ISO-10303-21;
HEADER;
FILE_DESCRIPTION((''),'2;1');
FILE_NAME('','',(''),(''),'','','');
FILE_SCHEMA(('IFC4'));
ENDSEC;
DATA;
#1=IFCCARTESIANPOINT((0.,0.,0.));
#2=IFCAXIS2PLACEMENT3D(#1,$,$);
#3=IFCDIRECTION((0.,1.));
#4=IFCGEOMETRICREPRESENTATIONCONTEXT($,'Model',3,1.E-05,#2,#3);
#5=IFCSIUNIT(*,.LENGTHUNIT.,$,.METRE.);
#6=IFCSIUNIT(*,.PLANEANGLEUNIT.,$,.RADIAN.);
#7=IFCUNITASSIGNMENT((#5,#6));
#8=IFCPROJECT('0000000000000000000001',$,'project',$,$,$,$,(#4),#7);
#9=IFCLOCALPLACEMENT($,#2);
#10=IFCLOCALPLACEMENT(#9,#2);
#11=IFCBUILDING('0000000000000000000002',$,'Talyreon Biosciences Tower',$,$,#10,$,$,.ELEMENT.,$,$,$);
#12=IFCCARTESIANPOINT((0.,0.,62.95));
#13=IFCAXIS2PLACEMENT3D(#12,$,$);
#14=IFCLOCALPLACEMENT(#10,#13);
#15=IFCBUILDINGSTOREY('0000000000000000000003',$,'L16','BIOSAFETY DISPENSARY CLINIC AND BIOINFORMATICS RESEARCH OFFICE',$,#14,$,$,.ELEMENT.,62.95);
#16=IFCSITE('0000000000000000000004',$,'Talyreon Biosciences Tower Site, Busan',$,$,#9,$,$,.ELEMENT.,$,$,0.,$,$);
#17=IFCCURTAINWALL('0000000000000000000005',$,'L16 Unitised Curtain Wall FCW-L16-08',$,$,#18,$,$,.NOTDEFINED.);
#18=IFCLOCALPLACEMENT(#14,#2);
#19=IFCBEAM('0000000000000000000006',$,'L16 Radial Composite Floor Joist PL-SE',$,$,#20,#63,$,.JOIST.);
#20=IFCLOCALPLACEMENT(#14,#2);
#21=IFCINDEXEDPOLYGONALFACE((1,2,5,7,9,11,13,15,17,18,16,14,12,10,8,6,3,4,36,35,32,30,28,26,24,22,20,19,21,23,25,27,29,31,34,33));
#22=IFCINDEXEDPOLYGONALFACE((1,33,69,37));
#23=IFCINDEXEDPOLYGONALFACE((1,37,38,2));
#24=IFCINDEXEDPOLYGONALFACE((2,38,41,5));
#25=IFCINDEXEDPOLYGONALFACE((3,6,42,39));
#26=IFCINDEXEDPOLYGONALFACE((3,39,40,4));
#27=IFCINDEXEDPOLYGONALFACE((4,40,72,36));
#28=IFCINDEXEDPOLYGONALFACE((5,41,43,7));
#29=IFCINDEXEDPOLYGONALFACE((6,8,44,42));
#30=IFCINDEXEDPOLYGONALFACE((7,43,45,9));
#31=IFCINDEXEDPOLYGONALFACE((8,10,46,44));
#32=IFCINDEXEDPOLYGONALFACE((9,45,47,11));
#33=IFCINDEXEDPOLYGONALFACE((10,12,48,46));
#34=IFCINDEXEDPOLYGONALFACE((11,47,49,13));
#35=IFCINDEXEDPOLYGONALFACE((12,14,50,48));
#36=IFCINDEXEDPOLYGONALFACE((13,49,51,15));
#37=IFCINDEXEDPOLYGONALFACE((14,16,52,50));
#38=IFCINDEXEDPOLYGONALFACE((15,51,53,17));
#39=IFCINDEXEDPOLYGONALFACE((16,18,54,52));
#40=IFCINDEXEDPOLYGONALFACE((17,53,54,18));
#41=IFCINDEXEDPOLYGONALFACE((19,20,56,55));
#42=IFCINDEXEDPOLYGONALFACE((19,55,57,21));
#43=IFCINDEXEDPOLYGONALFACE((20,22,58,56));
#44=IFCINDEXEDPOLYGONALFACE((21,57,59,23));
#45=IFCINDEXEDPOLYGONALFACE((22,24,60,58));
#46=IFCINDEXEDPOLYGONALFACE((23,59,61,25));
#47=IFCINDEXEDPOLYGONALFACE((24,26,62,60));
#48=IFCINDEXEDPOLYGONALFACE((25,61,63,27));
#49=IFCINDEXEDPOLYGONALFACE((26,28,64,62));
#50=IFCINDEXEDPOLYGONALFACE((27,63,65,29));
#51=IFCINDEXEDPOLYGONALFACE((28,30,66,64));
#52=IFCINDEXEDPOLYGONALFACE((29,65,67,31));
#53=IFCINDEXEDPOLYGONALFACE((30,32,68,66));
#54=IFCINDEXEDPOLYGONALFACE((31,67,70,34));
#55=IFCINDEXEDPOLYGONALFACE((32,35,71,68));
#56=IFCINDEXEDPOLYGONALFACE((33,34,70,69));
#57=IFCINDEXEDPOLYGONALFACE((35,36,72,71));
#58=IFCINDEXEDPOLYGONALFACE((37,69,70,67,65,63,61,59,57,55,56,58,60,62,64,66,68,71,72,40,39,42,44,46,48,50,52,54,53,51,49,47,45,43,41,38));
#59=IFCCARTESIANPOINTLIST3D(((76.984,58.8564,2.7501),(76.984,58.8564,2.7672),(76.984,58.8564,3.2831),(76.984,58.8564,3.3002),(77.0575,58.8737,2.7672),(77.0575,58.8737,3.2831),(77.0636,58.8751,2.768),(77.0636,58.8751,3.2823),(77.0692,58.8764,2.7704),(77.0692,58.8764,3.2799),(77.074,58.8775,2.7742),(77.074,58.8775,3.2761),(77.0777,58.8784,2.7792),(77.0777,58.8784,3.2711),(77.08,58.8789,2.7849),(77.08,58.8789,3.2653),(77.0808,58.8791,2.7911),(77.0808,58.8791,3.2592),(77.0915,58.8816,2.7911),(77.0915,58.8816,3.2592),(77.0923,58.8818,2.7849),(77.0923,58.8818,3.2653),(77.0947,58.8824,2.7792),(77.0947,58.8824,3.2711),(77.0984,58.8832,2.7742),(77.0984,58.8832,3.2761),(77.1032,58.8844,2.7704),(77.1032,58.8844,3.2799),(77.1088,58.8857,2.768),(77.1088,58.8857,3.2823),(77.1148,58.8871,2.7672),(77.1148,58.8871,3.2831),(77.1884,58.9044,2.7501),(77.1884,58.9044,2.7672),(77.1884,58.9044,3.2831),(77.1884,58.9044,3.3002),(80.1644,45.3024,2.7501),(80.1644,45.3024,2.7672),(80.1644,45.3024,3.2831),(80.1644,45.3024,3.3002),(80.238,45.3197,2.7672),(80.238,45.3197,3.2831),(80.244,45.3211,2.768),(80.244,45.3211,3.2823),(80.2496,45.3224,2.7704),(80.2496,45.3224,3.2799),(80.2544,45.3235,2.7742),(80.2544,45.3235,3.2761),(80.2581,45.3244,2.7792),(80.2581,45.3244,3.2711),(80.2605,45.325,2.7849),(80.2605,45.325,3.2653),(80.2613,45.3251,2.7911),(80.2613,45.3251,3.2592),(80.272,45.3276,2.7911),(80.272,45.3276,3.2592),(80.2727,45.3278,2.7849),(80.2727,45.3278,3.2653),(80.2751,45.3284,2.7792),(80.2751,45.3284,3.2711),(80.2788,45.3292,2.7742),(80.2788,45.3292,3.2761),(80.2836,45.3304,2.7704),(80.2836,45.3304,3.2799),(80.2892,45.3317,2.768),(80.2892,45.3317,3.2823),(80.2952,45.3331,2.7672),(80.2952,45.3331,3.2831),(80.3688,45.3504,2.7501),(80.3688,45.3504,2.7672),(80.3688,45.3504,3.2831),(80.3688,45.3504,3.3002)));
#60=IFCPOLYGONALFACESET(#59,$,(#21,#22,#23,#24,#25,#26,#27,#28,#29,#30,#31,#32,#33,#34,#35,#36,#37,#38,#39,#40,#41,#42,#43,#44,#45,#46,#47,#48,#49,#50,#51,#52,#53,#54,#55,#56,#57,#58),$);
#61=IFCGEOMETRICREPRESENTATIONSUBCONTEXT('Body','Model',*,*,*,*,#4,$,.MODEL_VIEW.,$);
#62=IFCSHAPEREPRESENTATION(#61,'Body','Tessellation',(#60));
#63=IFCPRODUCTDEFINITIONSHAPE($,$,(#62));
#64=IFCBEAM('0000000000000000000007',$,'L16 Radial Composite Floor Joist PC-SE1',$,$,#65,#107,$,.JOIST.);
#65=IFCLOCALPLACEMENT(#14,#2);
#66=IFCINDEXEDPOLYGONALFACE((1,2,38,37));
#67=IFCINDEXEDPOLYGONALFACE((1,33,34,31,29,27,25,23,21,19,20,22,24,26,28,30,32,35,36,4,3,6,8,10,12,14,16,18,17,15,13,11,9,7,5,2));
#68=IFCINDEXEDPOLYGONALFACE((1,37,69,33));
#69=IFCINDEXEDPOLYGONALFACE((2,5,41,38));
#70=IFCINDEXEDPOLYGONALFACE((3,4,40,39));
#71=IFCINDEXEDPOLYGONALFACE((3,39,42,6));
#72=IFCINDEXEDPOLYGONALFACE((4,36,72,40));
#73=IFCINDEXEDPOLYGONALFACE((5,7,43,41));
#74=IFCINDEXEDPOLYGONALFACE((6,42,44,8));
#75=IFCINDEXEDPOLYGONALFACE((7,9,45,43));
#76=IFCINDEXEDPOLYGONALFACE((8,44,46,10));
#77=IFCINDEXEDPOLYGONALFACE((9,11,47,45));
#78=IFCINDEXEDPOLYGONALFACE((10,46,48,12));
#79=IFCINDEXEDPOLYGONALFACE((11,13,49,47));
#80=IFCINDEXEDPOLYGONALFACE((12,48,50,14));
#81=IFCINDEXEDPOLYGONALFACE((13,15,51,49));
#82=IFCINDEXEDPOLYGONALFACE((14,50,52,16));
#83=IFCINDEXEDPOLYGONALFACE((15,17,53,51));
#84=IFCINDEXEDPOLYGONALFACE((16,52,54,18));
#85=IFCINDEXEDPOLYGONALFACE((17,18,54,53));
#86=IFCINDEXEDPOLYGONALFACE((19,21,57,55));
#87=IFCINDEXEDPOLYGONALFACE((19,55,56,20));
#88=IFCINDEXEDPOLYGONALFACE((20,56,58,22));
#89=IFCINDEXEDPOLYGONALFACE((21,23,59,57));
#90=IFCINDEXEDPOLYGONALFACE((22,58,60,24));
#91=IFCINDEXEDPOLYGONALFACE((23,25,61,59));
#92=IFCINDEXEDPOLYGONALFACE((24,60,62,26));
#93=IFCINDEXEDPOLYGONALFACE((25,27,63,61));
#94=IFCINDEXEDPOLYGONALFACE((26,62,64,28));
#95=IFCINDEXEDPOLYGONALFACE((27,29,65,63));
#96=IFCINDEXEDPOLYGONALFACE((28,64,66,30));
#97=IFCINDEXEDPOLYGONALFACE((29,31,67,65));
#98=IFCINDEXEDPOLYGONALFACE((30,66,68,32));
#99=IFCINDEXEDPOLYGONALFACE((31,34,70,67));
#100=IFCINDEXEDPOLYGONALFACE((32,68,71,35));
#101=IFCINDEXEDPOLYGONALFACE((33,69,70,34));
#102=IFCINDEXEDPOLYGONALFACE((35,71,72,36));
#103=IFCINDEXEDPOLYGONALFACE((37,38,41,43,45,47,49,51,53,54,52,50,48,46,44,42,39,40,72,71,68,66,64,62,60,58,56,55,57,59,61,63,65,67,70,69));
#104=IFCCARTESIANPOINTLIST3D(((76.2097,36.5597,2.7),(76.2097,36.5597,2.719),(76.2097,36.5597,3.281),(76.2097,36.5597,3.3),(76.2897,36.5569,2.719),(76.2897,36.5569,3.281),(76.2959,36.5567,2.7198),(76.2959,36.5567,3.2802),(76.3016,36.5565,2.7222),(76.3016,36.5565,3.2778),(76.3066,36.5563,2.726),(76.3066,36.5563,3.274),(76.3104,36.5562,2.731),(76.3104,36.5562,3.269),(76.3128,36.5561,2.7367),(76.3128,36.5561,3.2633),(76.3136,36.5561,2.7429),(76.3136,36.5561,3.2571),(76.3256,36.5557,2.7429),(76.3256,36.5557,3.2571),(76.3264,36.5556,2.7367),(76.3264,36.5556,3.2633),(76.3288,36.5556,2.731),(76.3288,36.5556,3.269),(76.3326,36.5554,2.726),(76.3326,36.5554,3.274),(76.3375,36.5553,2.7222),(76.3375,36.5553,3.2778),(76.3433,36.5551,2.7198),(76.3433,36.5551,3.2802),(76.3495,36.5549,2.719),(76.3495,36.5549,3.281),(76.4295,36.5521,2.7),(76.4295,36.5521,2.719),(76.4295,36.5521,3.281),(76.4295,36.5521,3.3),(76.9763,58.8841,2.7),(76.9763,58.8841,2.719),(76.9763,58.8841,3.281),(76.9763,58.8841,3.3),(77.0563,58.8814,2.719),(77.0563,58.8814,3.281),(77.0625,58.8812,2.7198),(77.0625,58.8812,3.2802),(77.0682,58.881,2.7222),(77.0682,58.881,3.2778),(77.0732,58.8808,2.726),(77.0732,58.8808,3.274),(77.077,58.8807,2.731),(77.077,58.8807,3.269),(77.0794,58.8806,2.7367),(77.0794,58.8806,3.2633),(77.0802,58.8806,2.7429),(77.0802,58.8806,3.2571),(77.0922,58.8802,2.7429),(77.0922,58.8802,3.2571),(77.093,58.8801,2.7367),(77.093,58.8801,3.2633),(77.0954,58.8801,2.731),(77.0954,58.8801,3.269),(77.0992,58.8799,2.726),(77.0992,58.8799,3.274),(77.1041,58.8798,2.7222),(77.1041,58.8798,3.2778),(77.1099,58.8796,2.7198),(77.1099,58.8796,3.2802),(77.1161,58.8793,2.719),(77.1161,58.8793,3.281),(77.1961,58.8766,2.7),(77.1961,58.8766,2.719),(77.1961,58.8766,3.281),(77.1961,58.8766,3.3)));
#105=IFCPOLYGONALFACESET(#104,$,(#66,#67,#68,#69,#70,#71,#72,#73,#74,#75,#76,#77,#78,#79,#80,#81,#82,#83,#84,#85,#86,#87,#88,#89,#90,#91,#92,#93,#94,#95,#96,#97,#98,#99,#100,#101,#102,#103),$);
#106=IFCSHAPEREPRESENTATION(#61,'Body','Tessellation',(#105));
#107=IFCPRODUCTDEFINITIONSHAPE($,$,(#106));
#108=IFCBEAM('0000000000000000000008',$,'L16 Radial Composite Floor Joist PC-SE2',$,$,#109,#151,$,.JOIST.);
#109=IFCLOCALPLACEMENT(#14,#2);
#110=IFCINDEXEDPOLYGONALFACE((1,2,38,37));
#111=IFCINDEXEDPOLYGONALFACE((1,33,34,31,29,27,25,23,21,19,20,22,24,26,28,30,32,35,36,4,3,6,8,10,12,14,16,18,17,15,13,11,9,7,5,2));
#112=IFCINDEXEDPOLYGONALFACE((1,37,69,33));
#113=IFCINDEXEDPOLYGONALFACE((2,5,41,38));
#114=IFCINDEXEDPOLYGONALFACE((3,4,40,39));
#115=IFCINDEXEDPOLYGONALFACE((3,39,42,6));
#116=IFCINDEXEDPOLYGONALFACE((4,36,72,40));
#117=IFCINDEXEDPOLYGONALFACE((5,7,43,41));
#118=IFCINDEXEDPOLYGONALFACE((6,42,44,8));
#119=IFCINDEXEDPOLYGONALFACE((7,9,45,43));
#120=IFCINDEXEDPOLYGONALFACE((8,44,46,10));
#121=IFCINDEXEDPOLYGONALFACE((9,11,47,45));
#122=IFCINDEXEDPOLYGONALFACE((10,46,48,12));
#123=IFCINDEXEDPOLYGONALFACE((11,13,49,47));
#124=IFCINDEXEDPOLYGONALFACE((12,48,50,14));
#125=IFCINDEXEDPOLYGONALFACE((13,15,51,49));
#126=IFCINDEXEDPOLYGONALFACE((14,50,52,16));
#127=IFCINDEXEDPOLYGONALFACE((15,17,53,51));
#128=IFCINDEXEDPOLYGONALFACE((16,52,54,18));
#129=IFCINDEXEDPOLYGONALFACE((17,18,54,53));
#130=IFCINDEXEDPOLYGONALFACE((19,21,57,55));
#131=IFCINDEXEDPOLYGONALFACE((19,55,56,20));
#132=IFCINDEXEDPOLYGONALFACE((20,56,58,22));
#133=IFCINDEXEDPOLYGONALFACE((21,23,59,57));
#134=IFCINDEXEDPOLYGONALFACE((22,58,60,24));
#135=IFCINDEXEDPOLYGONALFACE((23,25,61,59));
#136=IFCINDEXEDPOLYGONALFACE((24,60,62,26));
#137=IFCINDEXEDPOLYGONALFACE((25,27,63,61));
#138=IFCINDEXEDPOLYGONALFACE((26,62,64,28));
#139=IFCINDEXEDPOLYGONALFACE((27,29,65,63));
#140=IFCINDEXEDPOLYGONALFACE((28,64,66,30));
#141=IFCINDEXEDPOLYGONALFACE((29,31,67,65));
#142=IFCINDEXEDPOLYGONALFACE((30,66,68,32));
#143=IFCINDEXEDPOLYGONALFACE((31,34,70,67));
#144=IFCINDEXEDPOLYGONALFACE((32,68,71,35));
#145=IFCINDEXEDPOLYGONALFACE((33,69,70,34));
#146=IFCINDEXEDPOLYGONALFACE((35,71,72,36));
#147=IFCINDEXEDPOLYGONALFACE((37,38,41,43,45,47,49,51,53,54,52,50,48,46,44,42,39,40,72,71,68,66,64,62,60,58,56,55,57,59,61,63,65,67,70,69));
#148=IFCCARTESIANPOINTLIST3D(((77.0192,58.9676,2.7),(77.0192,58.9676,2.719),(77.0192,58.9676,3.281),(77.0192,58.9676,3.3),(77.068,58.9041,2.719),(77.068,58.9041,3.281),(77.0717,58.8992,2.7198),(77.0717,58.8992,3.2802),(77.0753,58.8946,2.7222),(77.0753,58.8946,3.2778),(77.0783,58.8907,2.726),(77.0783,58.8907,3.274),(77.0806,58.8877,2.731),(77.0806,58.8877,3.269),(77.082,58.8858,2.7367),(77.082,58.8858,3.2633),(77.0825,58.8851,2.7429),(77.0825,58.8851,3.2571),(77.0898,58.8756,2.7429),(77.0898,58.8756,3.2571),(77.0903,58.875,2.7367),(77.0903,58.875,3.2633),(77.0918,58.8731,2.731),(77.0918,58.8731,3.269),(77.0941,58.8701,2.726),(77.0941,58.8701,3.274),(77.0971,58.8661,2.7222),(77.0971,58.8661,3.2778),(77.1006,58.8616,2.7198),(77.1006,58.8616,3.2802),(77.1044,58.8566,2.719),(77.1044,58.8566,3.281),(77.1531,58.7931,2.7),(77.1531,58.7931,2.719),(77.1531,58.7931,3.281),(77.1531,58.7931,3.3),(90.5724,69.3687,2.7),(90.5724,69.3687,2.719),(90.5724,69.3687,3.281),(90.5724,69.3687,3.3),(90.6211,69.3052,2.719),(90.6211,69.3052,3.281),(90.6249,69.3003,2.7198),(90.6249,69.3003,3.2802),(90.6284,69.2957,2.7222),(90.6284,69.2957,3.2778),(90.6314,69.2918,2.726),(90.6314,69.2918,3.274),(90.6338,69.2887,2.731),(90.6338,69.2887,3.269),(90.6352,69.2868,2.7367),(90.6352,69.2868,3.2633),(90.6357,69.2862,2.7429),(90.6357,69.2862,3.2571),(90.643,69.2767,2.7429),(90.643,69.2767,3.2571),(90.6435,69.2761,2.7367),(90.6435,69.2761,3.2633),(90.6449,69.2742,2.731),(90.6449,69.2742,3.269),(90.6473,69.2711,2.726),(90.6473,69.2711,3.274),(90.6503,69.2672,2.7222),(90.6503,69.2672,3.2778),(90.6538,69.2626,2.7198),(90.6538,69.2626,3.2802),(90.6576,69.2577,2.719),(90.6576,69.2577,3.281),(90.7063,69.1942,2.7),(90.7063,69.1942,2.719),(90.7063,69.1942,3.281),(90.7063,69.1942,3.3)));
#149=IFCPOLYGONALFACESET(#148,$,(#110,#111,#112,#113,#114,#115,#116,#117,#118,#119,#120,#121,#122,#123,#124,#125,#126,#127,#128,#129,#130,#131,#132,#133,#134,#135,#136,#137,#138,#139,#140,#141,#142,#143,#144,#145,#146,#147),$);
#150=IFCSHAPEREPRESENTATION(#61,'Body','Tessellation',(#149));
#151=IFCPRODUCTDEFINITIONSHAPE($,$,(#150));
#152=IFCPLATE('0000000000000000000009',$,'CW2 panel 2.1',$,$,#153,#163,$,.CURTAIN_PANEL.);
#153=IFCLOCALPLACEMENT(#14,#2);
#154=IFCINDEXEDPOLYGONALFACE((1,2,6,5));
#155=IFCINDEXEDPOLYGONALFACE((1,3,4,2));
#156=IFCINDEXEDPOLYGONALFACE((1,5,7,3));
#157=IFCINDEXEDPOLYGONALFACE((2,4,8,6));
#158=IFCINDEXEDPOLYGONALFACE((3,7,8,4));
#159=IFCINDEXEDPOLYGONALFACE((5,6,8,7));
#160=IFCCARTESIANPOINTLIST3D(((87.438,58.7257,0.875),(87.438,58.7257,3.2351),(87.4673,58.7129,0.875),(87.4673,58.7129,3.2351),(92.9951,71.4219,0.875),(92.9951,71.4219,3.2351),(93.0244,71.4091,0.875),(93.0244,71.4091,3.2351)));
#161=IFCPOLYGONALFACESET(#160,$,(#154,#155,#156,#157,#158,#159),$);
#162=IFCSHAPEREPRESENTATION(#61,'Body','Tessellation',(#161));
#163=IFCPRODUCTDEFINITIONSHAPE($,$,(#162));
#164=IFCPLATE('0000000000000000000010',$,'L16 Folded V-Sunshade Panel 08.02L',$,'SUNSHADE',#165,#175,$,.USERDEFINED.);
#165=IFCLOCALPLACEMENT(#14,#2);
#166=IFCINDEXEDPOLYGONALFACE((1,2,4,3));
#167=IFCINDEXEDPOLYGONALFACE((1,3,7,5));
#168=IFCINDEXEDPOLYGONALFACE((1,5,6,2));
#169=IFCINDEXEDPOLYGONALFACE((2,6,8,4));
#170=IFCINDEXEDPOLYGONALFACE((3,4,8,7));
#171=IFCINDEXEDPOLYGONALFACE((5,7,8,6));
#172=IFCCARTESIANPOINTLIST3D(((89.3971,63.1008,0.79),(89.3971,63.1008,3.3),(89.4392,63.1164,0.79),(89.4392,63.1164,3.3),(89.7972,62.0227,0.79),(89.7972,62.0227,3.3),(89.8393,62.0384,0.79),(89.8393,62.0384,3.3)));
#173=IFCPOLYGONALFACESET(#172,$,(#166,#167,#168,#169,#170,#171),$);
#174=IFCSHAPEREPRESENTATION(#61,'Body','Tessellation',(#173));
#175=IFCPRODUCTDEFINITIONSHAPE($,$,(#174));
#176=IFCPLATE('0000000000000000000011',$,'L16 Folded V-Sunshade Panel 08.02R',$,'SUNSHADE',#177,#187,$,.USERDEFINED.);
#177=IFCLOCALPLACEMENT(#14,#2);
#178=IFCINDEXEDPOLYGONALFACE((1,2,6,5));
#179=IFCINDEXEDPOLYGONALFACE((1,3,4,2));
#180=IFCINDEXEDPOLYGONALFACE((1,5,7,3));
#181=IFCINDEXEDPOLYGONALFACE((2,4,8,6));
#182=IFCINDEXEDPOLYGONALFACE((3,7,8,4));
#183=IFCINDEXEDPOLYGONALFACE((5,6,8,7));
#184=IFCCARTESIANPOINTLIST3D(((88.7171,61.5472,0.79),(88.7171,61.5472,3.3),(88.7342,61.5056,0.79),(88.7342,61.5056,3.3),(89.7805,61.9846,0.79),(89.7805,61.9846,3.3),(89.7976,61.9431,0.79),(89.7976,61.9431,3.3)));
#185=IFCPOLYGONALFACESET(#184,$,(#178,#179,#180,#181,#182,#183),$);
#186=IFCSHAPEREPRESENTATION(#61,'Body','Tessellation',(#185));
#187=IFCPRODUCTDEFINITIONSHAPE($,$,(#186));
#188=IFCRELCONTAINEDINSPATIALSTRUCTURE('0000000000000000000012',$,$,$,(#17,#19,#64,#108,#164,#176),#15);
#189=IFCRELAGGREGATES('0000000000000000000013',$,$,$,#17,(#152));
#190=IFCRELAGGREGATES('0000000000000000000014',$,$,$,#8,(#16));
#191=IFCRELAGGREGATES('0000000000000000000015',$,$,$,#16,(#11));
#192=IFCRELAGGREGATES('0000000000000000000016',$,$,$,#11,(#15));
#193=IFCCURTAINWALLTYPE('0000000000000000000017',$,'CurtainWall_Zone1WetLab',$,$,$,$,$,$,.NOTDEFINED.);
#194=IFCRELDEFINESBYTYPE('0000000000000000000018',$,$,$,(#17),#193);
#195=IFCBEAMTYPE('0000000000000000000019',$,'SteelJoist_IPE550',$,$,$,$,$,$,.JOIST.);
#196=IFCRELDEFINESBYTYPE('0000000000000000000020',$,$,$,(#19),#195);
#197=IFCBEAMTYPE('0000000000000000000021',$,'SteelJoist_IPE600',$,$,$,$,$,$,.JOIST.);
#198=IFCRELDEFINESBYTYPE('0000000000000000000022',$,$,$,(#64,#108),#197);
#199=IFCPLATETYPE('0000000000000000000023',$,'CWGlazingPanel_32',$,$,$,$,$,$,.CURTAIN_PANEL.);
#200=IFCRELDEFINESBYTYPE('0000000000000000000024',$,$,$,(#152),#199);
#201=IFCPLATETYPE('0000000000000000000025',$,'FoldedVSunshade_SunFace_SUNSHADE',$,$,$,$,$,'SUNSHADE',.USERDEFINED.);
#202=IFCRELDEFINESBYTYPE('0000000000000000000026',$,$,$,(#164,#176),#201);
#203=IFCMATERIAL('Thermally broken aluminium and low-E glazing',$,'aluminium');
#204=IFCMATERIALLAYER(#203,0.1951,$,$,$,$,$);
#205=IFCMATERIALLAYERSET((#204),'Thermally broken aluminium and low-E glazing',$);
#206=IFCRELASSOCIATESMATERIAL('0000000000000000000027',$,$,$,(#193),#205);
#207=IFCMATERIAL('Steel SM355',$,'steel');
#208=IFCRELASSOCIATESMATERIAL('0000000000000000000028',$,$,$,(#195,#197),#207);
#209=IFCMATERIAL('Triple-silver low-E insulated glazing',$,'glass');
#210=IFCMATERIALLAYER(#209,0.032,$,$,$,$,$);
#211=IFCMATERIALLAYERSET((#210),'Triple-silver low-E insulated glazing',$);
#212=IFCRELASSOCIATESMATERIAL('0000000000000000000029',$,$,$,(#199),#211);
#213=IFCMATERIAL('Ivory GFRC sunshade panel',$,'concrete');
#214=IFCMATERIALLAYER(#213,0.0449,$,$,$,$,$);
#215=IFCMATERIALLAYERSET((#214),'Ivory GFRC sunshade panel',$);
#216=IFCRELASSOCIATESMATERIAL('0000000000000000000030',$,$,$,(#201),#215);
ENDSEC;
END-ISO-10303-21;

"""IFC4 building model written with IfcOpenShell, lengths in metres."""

from ifc_helpers import new_model, si_unit, direction, frame, origin, origin_2d, place, context, subcontext, project, spatial, rectangle, i_section, extrude, material, layer, layer_set, material_profile, profile_set, type_object, element, aggregate, save


model = new_model("IFC4")

# Units and contexts
model_context = context("Model", 3, precision=1e-05, world=origin(), true_north=direction((0.0, 1.0)))
body_context = subcontext(model_context, "Body", "Model", "MODEL_VIEW")
ifc_project = project(units=[si_unit("LENGTHUNIT", "METRE"), si_unit("PLANEANGLEUNIT", "RADIAN")], contexts=[model_context])

# Site, building, storey
site_placement = place(None, origin())
site = spatial("IfcSite", under=ifc_project, at=site_placement, Name="Talyreon Biosciences Tower Site, Busan", CompositionType="ELEMENT", RefElevation=0.0)
building_placement = place(site_placement, origin())
building = spatial("IfcBuilding", under=site, at=building_placement, Name="Talyreon Biosciences Tower", CompositionType="ELEMENT")
storey_placement = place(building_placement, frame((0.0, 0.0, 62.95)))
storey = spatial("IfcBuildingStorey", under=building, at=storey_placement, Name="L16", Description="BIOSAFETY DISPENSARY CLINIC AND BIOINFORMATICS RESEARCH OFFICE", CompositionType="ELEMENT", Elevation=62.95)

# Curtain wall
ifc_material_1 = material(Name="Thermally broken aluminium and low-E glazing", Category="aluminium")
ifc_layer_1 = layer(ifc_material_1, 0.1951)
ifc_layer_set_1 = layer_set([ifc_layer_1], Name="Thermally broken aluminium and low-E glazing")
curtain_wall_type = type_object("IfcCurtainWallType", Name="CurtainWall_Zone1WetLab", PredefinedType="NOTDEFINED", material=ifc_layer_set_1)
curtain_wall_placement = place(storey_placement, origin())
curtain_wall = element("IfcCurtainWall", 1, at=curtain_wall_placement, inside=storey, type_object=curtain_wall_type, Name="L16 Unitised Curtain Wall FCW-L16-08", PredefinedType="NOTDEFINED")

# Beams
ifc_material_2 = material(Name="Steel SM355", Category="steel")
ifc_material_profile_1 = material_profile(ifc_material_2, i_section(OverallWidth=0.21, OverallDepth=0.55, WebThickness=0.011, FlangeThickness=0.0171, FilletRadius=0.0239, at=origin_2d()), Name="IPE550")
ifc_profile_set_1 = profile_set([ifc_material_profile_1], Name="Steel SM355")
beam_type_1 = type_object("IfcBeamType", Name="SteelJoist_IPE550", PredefinedType="JOIST", material=ifc_profile_set_1)
beam_1_placement = place(storey_placement, frame((77.0862, 58.8804, 3.0251), z_axis=(0.228444, -0.973557, 0.0), x_axis=(0.973557, 0.228444, 0.0)))
element("IfcBeam", 2, at=beam_1_placement, inside=storey, type_object=beam_type_1, Name="L16 Radial Composite Floor Joist PL-SE", PredefinedType="JOIST", context=body_context, shape_type="SweptSolid", body=[
    extrude(i_section(OverallWidth=0.21, OverallDepth=0.55, WebThickness=0.011, FlangeThickness=0.0171, FilletRadius=0.0239, at=origin_2d()), origin(), (0.0, 0.0, 1.0), 13.9221),
])
ifc_material_profile_2 = material_profile(ifc_material_2, i_section(OverallWidth=0.22, OverallDepth=0.6001, WebThickness=0.012, FlangeThickness=0.019, FilletRadius=0.0239, at=origin_2d()), Name="IPE600")
ifc_profile_set_2 = profile_set([ifc_material_profile_2], Name="Steel SM355")
beam_type_2 = type_object("IfcBeamType", Name="SteelJoist_IPE600", PredefinedType="JOIST", material=ifc_profile_set_2)
beam_2_placement = place(storey_placement, frame((77.0862, 58.8804, 3.0), z_axis=(-0.034319, -0.999411, 0.0), x_axis=(0.999411, -0.034319, 0.0)))
element("IfcBeam", 3, at=beam_2_placement, inside=storey, type_object=beam_type_2, Name="L16 Radial Composite Floor Joist PC-SE1", PredefinedType="JOIST", context=body_context, shape_type="SweptSolid", body=[
    extrude(i_section(OverallWidth=0.22, OverallDepth=0.6001, WebThickness=0.012, FlangeThickness=0.019, FilletRadius=0.0239, at=origin_2d()), origin(), (0.0, 0.0, 1.0), 22.3376),
])
beam_3_placement = place(storey_placement, frame((77.0862, 58.8804, 3.0), z_axis=(0.793315, 0.608812, 0.0), x_axis=(-0.608812, 0.793315, 0.0)))
element("IfcBeam", 4, at=beam_3_placement, inside=storey, type_object=beam_type_2, Name="L16 Radial Composite Floor Joist PC-SE2", PredefinedType="JOIST", context=body_context, shape_type="SweptSolid", body=[
    extrude(i_section(OverallWidth=0.22, OverallDepth=0.6001, WebThickness=0.012, FlangeThickness=0.019, FilletRadius=0.0239, at=origin_2d()), origin(), (0.0, 0.0, 1.0), 17.0842),
])

# Plate
ifc_material_3 = material(Name="Triple-silver low-E insulated glazing", Category="glass")
ifc_layer_2 = layer(ifc_material_3, 0.032)
ifc_layer_set_2 = layer_set([ifc_layer_2], Name="Triple-silver low-E insulated glazing")
plate_type_1 = type_object("IfcPlateType", Name="CWGlazingPanel_32", PredefinedType="CURTAIN_PANEL", material=ifc_layer_set_2)
plate_placement = place(storey_placement, frame((90.2312, 65.0674, 0.875), z_axis=(0.0, 0.0, 1.0), x_axis=(-0.400968, -0.916092, 0.0)))
plate = element("IfcPlate", 5, at=plate_placement, type_object=plate_type_1, Name="CW2 panel 2.1", PredefinedType="CURTAIN_PANEL", context=body_context, shape_type="SweptSolid", body=[
    extrude(rectangle(XDim=13.8591, YDim=0.032, at=origin_2d()), origin(), (0.0, 0.0, 1.0), 2.3601),
])
aggregate(curtain_wall, [plate])

# Plates
ifc_material_4 = material(Name="Ivory GFRC sunshade panel", Category="concrete")
ifc_layer_3 = layer(ifc_material_4, 0.0449)
ifc_layer_set_3 = layer_set([ifc_layer_3], Name="Ivory GFRC sunshade panel")
plate_type_2 = type_object("IfcPlateType", Name="FoldedVSunshade_SunFace_SUNSHADE", ElementType="SUNSHADE", PredefinedType="USERDEFINED", material=ifc_layer_set_3)
for number, where, z_axis, x_axis, name in (
    (6, (89.6182, 62.5696, 0.79), (0.0, 0.0, 1.0), (0.347934, -0.937519, 0.0), "L16 Folded V-Sunshade Panel 08.02L"),
    (7, (89.2573, 61.7451, 0.79), (0.0, 0.0, 1.0), (-0.924805, -0.380441, 0.0), "L16 Folded V-Sunshade Panel 08.02R"),
):
    element("IfcPlate", number, at=place(storey_placement, frame(where, z_axis=z_axis, x_axis=x_axis)), inside=storey, type_object=plate_type_2, Name=name, ObjectType="SUNSHADE", PredefinedType="USERDEFINED", context=body_context, shape_type="SweptSolid", body=[
        extrude(rectangle(XDim=1.1499, YDim=0.0449, at=origin_2d()), origin(), (0.0, 0.0, 1.0), 2.51),
    ])

save(model, "model.ifc")
